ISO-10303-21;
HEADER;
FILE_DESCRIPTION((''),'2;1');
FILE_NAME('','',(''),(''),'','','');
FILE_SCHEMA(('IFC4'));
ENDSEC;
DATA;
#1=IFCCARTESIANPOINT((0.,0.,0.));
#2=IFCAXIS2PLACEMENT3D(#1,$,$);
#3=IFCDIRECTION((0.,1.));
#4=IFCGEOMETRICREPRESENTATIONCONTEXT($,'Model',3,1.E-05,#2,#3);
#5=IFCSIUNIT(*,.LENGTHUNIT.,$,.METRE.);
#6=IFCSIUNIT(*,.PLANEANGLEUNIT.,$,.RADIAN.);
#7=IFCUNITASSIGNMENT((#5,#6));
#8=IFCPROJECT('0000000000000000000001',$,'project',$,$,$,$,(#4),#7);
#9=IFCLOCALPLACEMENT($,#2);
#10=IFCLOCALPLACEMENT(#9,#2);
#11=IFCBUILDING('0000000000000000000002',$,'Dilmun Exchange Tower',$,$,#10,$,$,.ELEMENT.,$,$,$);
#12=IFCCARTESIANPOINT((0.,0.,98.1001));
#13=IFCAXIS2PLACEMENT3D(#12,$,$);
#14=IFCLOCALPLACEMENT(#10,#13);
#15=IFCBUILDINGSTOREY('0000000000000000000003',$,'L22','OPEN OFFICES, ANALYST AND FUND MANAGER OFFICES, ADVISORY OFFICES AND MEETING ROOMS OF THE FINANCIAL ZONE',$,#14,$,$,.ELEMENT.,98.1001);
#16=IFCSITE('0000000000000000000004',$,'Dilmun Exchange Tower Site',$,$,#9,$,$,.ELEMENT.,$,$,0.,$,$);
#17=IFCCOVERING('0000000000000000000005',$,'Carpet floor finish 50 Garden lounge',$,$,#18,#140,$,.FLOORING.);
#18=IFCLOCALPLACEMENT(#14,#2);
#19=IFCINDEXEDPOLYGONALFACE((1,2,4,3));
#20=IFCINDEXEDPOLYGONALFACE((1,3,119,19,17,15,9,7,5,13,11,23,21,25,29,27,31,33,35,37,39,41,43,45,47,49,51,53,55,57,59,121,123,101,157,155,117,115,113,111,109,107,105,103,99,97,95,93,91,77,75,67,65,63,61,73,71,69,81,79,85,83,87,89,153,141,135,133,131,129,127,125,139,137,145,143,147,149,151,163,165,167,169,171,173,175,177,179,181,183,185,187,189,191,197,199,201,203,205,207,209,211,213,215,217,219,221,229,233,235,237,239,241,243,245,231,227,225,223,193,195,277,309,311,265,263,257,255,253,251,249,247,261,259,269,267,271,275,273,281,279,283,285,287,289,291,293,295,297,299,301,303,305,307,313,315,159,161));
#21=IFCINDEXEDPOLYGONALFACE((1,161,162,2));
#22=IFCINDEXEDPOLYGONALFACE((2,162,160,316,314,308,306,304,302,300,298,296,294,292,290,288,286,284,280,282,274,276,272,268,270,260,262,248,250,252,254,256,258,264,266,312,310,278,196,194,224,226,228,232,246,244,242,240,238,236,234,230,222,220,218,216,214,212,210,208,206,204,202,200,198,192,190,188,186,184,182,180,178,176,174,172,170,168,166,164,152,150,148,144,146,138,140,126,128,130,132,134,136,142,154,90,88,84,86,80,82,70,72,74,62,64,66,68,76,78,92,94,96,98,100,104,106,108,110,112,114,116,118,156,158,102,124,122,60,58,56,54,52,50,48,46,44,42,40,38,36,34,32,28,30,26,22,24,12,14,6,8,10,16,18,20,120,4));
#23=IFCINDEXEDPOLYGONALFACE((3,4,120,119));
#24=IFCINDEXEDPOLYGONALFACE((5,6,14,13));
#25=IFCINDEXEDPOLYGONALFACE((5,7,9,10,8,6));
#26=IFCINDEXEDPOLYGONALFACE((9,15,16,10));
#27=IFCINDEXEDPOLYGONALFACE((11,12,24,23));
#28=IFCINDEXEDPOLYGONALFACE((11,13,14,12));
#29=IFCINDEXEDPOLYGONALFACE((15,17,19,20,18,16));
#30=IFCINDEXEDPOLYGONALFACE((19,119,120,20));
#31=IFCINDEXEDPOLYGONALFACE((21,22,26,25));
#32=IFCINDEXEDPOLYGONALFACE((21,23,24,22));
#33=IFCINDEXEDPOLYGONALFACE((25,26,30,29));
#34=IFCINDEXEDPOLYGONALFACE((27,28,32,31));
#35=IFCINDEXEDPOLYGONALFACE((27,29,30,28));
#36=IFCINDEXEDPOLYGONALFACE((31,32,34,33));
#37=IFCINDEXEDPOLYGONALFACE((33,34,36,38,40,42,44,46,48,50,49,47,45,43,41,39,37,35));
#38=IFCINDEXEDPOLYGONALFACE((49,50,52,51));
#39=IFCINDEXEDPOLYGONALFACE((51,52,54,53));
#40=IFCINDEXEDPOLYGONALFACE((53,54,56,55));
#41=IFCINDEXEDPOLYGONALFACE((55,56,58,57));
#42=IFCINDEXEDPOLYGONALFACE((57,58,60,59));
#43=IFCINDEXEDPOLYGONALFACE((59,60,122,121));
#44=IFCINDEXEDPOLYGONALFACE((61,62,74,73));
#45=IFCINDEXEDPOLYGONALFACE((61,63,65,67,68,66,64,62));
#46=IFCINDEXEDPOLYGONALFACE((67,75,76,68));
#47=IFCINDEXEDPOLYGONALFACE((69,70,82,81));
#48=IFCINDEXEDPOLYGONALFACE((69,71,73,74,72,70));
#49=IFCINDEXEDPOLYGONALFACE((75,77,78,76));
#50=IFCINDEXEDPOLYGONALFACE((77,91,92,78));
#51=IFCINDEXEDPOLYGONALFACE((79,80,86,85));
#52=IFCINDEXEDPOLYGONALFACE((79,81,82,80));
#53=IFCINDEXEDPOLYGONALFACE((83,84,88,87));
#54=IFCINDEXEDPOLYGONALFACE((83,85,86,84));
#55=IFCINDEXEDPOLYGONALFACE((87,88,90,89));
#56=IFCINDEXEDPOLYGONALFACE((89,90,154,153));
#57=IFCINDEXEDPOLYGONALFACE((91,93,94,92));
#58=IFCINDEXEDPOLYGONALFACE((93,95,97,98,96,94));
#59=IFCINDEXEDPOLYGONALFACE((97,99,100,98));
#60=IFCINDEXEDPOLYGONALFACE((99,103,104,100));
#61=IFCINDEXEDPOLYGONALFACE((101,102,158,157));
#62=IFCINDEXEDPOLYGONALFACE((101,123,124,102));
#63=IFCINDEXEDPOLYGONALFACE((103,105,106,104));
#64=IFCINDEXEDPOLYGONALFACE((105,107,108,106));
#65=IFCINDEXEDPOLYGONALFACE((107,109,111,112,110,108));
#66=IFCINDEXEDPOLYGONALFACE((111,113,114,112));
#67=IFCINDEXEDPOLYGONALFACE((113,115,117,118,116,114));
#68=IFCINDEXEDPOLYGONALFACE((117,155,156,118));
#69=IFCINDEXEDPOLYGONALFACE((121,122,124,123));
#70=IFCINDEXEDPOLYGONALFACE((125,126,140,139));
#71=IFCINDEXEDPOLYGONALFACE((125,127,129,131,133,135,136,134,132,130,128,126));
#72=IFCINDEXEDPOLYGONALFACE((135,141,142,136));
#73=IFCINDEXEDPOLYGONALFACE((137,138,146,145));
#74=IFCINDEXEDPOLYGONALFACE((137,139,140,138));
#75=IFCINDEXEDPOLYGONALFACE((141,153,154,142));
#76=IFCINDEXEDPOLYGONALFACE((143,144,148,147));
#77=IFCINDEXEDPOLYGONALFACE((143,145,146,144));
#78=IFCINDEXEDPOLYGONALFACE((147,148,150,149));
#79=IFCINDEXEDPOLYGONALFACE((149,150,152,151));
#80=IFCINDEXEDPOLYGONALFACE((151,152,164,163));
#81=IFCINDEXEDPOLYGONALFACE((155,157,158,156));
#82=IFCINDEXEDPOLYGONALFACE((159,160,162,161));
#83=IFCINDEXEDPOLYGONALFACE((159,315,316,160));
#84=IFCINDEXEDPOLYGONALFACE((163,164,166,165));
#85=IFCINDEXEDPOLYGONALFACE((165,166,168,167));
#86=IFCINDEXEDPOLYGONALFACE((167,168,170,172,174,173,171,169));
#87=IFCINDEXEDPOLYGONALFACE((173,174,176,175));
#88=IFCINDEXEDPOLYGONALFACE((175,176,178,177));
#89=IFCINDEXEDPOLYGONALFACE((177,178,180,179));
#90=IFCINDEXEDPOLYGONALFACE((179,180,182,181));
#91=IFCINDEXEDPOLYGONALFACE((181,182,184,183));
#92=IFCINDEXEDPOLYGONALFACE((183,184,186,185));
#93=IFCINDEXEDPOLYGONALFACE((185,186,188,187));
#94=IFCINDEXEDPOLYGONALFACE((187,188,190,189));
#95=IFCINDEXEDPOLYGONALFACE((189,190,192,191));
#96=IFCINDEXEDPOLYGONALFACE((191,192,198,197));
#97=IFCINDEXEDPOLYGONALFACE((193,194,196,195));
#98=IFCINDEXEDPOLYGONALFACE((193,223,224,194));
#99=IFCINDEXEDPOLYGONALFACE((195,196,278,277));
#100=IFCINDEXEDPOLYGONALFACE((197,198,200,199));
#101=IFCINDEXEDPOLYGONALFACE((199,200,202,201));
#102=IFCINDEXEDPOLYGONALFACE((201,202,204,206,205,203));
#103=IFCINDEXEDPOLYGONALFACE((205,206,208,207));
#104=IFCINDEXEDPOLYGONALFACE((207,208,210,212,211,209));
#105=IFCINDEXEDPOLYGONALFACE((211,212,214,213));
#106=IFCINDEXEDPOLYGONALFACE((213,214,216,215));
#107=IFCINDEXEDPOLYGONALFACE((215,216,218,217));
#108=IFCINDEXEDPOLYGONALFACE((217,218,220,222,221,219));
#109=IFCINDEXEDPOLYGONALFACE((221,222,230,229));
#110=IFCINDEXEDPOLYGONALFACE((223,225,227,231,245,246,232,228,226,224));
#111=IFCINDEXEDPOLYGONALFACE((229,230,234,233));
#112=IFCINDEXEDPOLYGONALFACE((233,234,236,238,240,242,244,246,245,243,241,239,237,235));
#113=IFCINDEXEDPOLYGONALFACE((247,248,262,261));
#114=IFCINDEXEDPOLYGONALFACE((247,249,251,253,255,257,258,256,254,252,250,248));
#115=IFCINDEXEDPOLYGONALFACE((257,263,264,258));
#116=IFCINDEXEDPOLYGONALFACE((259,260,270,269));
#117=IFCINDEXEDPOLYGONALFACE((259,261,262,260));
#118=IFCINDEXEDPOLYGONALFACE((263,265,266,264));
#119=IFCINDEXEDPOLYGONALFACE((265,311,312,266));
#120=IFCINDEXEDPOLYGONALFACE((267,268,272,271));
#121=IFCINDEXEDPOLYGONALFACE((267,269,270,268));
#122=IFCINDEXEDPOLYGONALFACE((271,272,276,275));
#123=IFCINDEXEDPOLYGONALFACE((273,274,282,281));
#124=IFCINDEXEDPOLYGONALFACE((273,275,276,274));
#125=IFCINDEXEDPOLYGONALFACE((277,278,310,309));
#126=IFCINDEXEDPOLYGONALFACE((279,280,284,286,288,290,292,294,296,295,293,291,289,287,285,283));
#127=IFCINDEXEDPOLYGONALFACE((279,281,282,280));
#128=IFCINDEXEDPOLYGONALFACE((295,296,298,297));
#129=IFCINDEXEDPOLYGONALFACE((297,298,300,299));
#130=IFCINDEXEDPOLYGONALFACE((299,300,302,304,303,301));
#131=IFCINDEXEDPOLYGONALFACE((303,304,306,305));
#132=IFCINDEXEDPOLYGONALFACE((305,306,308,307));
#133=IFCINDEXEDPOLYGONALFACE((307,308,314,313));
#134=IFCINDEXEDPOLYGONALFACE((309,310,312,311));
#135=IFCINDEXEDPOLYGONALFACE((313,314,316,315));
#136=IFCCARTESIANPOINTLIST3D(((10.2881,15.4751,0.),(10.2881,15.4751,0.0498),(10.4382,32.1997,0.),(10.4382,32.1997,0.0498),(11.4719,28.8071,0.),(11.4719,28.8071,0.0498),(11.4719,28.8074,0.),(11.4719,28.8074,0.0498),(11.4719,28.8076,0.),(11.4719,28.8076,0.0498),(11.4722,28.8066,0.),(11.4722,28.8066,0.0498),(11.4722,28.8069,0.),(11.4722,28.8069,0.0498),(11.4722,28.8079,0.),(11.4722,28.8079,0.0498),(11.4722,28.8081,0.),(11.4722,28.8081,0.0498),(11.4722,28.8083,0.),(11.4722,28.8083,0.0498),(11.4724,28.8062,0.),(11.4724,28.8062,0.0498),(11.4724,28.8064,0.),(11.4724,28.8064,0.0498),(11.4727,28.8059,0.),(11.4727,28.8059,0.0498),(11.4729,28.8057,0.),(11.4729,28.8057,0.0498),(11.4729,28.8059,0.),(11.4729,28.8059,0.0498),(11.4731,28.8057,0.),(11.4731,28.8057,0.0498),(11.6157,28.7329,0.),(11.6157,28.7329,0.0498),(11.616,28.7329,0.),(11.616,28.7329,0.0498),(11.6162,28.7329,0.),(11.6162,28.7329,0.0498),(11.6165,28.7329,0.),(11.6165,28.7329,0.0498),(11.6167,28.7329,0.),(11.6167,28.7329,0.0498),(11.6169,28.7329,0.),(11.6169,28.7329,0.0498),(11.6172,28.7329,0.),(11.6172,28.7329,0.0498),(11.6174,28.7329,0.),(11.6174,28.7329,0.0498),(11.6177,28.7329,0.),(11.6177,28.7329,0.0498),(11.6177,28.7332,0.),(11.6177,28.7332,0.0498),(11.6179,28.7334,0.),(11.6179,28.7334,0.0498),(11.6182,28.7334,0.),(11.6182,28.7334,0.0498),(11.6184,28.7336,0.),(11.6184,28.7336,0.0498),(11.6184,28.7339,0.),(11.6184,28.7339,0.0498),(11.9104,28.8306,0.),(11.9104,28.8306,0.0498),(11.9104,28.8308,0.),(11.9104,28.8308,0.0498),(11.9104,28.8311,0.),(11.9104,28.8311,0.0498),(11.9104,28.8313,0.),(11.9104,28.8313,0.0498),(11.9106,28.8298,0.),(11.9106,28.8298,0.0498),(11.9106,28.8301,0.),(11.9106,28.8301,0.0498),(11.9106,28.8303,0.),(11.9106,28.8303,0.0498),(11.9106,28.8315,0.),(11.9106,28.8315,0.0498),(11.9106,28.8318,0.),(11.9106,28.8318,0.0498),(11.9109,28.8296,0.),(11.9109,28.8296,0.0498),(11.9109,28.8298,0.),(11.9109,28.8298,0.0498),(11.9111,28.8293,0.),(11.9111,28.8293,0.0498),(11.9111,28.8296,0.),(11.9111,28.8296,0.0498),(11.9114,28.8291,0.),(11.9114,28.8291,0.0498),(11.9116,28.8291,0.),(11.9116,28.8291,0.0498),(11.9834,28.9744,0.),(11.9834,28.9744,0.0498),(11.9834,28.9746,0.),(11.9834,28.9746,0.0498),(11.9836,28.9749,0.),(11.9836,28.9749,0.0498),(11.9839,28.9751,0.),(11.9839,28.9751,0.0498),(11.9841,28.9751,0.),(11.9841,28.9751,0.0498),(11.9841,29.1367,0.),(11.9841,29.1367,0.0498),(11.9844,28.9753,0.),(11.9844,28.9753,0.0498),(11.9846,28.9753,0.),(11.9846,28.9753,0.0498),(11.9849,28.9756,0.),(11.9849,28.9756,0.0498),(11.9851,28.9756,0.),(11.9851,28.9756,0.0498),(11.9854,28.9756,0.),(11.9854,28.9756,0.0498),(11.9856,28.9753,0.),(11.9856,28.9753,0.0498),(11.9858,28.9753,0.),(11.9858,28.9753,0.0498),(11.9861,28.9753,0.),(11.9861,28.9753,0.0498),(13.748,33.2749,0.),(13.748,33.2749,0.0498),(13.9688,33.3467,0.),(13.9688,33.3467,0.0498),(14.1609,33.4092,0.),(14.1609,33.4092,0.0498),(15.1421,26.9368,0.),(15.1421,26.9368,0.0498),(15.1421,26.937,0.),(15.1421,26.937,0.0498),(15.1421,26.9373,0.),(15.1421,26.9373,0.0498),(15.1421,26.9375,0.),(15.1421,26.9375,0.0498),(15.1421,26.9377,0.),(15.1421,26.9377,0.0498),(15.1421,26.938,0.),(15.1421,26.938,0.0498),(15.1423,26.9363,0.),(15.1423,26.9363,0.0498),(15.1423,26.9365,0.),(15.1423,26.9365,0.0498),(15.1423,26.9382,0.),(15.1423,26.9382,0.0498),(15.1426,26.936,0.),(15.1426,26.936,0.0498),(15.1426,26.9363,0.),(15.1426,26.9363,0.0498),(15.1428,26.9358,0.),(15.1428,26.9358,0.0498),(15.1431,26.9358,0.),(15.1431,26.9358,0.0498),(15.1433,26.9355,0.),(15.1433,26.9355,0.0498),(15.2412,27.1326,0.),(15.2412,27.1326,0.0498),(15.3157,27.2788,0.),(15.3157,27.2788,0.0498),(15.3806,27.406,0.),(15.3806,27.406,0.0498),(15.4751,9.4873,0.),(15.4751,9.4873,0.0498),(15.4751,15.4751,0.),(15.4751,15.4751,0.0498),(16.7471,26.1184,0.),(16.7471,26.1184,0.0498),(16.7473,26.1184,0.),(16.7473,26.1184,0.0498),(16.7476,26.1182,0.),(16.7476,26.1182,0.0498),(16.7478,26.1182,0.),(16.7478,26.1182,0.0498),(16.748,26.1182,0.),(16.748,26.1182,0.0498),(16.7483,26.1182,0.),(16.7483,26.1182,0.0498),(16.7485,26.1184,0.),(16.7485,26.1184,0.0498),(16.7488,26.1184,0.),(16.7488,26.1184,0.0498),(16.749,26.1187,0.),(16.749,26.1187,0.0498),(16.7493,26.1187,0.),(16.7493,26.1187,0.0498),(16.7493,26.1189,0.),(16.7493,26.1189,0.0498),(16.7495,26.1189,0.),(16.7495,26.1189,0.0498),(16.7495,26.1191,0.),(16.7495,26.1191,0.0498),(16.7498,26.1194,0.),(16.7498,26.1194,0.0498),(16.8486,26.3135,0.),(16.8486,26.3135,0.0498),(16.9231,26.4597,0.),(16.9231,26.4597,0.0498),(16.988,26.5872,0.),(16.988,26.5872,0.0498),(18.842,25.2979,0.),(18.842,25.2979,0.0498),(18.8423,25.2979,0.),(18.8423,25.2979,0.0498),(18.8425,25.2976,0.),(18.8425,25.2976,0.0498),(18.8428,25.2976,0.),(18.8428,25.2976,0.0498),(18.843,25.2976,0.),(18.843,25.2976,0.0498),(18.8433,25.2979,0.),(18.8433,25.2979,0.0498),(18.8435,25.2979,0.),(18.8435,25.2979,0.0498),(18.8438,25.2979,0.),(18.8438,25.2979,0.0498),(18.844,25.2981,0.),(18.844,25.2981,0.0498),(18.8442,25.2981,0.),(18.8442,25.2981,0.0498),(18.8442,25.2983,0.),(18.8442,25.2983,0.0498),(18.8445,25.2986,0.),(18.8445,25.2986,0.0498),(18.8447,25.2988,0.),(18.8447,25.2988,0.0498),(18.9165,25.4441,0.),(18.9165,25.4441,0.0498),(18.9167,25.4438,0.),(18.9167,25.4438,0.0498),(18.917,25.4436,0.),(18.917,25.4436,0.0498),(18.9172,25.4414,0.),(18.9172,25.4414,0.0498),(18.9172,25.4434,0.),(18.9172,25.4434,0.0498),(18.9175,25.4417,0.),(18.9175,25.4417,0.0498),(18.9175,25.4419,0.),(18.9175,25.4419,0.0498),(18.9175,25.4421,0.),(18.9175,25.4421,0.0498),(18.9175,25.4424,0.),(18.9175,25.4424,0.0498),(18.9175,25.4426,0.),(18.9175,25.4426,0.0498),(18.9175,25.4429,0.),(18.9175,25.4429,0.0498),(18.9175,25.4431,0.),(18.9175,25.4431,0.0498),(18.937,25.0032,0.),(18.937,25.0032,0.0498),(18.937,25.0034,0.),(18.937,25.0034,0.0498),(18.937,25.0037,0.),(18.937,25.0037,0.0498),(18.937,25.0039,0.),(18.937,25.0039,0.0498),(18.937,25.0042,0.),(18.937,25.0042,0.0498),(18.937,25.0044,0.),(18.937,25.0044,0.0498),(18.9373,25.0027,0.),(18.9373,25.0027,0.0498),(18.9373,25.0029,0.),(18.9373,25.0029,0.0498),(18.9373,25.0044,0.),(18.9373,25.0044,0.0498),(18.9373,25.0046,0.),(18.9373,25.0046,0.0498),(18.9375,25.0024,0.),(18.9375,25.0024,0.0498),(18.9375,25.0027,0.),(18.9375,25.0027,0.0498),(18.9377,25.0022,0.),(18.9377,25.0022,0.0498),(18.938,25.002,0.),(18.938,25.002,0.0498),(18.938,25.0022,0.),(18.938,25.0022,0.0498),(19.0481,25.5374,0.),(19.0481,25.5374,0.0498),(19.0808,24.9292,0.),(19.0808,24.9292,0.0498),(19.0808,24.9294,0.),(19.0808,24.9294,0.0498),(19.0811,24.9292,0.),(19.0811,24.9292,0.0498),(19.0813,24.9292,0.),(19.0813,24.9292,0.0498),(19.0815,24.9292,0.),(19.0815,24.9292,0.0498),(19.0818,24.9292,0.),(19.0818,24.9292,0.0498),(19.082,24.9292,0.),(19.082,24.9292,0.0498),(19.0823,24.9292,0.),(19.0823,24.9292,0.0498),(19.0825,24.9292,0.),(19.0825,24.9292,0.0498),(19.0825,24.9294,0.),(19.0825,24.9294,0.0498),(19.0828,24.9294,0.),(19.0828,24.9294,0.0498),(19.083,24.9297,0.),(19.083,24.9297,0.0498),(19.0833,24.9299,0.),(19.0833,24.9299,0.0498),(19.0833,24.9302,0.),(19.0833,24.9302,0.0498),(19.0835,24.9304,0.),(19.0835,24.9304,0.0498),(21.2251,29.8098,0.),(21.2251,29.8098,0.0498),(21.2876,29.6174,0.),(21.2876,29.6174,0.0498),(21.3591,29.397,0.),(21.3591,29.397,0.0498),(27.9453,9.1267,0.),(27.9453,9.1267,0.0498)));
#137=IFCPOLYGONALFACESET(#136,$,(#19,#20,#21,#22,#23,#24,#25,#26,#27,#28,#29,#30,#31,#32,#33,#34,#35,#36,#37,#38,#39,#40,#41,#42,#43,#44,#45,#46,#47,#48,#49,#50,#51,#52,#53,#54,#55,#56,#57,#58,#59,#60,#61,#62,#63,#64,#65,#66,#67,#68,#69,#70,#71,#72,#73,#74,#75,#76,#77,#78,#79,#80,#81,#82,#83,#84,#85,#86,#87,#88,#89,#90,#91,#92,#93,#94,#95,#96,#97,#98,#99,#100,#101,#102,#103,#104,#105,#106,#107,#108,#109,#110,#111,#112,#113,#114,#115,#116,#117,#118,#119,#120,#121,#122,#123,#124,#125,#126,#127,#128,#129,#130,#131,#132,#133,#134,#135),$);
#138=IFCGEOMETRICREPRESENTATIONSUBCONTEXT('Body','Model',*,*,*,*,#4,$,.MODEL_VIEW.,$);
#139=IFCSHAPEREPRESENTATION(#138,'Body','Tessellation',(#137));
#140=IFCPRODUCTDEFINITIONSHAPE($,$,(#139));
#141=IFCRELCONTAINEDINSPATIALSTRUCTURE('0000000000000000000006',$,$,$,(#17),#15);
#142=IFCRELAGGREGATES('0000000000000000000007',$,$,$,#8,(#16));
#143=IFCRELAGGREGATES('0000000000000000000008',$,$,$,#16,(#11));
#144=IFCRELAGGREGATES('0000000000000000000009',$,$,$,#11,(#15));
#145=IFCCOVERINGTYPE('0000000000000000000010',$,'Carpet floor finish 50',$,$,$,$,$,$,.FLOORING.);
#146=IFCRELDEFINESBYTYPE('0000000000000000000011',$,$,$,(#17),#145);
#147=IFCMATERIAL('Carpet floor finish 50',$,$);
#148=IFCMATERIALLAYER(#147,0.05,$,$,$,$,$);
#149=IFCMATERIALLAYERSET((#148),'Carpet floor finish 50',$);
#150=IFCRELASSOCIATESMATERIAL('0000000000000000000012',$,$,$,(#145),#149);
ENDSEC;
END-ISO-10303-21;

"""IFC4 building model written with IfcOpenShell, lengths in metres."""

from ifc_helpers import new_model, si_unit, direction, frame, origin, place, context, subcontext, project, spatial, polyline, outline, extrude, material, layer, layer_set, type_object, element, save


model = new_model("IFC4")

# Units and contexts
model_context = context("Model", 3, precision=1e-05, world=origin(), true_north=direction((0.0, 1.0)))
body_context = subcontext(model_context, "Body", "Model", "MODEL_VIEW")
ifc_project = project(units=[si_unit("LENGTHUNIT", "METRE"), si_unit("PLANEANGLEUNIT", "RADIAN")], contexts=[model_context])

# Site, building, storey
site_placement = place(None, origin())
site = spatial("IfcSite", under=ifc_project, at=site_placement, Name="Dilmun Exchange Tower Site", CompositionType="ELEMENT", RefElevation=0.0)
building_placement = place(site_placement, origin())
building = spatial("IfcBuilding", under=site, at=building_placement, Name="Dilmun Exchange Tower", CompositionType="ELEMENT")
storey_placement = place(building_placement, frame((0.0, 0.0, 98.1001)))
storey = spatial("IfcBuildingStorey", under=building, at=storey_placement, Name="L22", Description="OPEN OFFICES, ANALYST AND FUND MANAGER OFFICES, ADVISORY OFFICES AND MEETING ROOMS OF THE FINANCIAL ZONE", CompositionType="ELEMENT", Elevation=98.1001)

# Covering
ifc_material_1 = material(Name="Carpet floor finish 50")
ifc_layer_1 = layer(ifc_material_1, 0.05)
ifc_layer_set_1 = layer_set([ifc_layer_1], Name="Carpet floor finish 50")
covering_type_1 = type_object("IfcCoveringType", Name="Carpet floor finish 50", PredefinedType="FLOORING", material=ifc_layer_set_1)
covering_1_placement = place(storey_placement, origin())
element("IfcCovering", 1, at=covering_1_placement, inside=storey, type_object=covering_type_1, Name="Carpet floor finish 50 Garden lounge", PredefinedType="FLOORING", context=body_context, shape_type="SweptSolid", body=[
    extrude(outline(polyline([(21.2251, 29.8098), (21.2876, 29.6174), (18.9373, 25.0046), (18.9373, 25.0044), (18.937, 25.0044), (18.937, 25.0042), (18.937, 25.0039), (18.937, 25.0039), (18.937, 25.0037), (18.937, 25.0034), (18.937, 25.0032), (18.9373, 25.0029), (18.9373, 25.0027), (18.9375, 25.0027), (18.9375, 25.0024), (18.9375, 25.0024), (18.9377, 25.0022), (18.938, 25.0022), (18.938, 25.002), (19.0808, 24.9294), (19.0808, 24.9292), (19.0811, 24.9292), (19.0813, 24.9292), (19.0813, 24.9292), (19.0815, 24.9292), (19.0818, 24.9292), (19.082, 24.9292), (19.0823, 24.9292), (19.0825, 24.9292), (19.0825, 24.9294), (19.0828, 24.9294), (19.083, 24.9297), (19.083, 24.9297), (19.0833, 24.9299), (19.0833, 24.9302), (19.0835, 24.9304), (21.3591, 29.397), (27.9453, 9.1267), (15.4751, 9.4873), (15.4751, 15.4751), (10.2881, 15.4751), (10.4382, 32.1997), (13.748, 33.2749), (11.4722, 28.8083), (11.4722, 28.8081), (11.4722, 28.8081), (11.4722, 28.8079), (11.4719, 28.8076), (11.4719, 28.8074), (11.4719, 28.8071), (11.4722, 28.8069), (11.4722, 28.8069), (11.4722, 28.8066), (11.4724, 28.8064), (11.4724, 28.8064), (11.4724, 28.8062), (11.4727, 28.8059), (11.4729, 28.8059), (11.4729, 28.8057), (11.4731, 28.8057), (11.6157, 28.7329), (11.616, 28.7329), (11.616, 28.7329), (11.6162, 28.7329), (11.6165, 28.7329), (11.6167, 28.7329), (11.6167, 28.7329), (11.6169, 28.7329), (11.6172, 28.7329), (11.6174, 28.7329), (11.6177, 28.7329), (11.6177, 28.7332), (11.6179, 28.7334), (11.6179, 28.7334), (11.6182, 28.7334), (11.6184, 28.7336), (11.6184, 28.7339), (13.9688, 33.3467), (14.1609, 33.4092), (11.9841, 29.1367), (15.3806, 27.406), (15.3157, 27.2788), (11.9861, 28.9753), (11.9858, 28.9753), (11.9856, 28.9753), (11.9856, 28.9753), (11.9854, 28.9756), (11.9851, 28.9756), (11.9849, 28.9756), (11.9846, 28.9753), (11.9846, 28.9753), (11.9844, 28.9753), (11.9841, 28.9751), (11.9839, 28.9751), (11.9839, 28.9751), (11.9836, 28.9749), (11.9834, 28.9746), (11.9834, 28.9746), (11.9834, 28.9744), (11.9106, 28.8318), (11.9106, 28.8315), (11.9106, 28.8315), (11.9104, 28.8313), (11.9104, 28.8311), (11.9104, 28.8308), (11.9104, 28.8308), (11.9104, 28.8306), (11.9106, 28.8303), (11.9106, 28.8301), (11.9106, 28.8298), (11.9109, 28.8298), (11.9109, 28.8296), (11.9111, 28.8296), (11.9111, 28.8293), (11.9114, 28.8291), (11.9116, 28.8291), (15.2412, 27.1326), (15.1423, 26.9382), (15.1421, 26.938), (15.1421, 26.938), (15.1421, 26.9377), (15.1421, 26.9375), (15.1421, 26.9375), (15.1421, 26.9373), (15.1421, 26.937), (15.1421, 26.9368), (15.1423, 26.9365), (15.1423, 26.9363), (15.1426, 26.9363), (15.1426, 26.936), (15.1426, 26.936), (15.1428, 26.9358), (15.1431, 26.9358), (15.1433, 26.9355), (16.7471, 26.1184), (16.7473, 26.1184), (16.7473, 26.1184), (16.7476, 26.1182), (16.7478, 26.1182), (16.7478, 26.1182), (16.748, 26.1182), (16.7483, 26.1182), (16.7485, 26.1184), (16.7488, 26.1184), (16.7488, 26.1184), (16.749, 26.1187), (16.7493, 26.1187), (16.7493, 26.1189), (16.7495, 26.1189), (16.7495, 26.1191), (16.7498, 26.1194), (16.8486, 26.3135), (18.842, 25.2979), (18.8423, 25.2979), (18.8423, 25.2979), (18.8425, 25.2976), (18.8428, 25.2976), (18.843, 25.2976), (18.843, 25.2976), (18.8433, 25.2979), (18.8435, 25.2979), (18.8438, 25.2979), (18.844, 25.2981), (18.844, 25.2981), (18.8442, 25.2981), (18.8442, 25.2983), (18.8445, 25.2986), (18.8445, 25.2986), (18.8447, 25.2988), (18.9172, 25.4414), (18.9175, 25.4417), (18.9175, 25.4417), (18.9175, 25.4419), (18.9175, 25.4421), (18.9175, 25.4424), (18.9175, 25.4424), (18.9175, 25.4426), (18.9175, 25.4429), (18.9175, 25.4431), (18.9172, 25.4434), (18.9172, 25.4434), (18.917, 25.4436), (18.917, 25.4436), (18.9167, 25.4438), (18.9165, 25.4441), (18.9165, 25.4441), (16.9231, 26.4597), (16.988, 26.5872), (19.0481, 25.5374), (21.2251, 29.8098)])), origin(), (0.0, 0.0, 1.0), 0.0498),
])

save(model, "model.ifc")
